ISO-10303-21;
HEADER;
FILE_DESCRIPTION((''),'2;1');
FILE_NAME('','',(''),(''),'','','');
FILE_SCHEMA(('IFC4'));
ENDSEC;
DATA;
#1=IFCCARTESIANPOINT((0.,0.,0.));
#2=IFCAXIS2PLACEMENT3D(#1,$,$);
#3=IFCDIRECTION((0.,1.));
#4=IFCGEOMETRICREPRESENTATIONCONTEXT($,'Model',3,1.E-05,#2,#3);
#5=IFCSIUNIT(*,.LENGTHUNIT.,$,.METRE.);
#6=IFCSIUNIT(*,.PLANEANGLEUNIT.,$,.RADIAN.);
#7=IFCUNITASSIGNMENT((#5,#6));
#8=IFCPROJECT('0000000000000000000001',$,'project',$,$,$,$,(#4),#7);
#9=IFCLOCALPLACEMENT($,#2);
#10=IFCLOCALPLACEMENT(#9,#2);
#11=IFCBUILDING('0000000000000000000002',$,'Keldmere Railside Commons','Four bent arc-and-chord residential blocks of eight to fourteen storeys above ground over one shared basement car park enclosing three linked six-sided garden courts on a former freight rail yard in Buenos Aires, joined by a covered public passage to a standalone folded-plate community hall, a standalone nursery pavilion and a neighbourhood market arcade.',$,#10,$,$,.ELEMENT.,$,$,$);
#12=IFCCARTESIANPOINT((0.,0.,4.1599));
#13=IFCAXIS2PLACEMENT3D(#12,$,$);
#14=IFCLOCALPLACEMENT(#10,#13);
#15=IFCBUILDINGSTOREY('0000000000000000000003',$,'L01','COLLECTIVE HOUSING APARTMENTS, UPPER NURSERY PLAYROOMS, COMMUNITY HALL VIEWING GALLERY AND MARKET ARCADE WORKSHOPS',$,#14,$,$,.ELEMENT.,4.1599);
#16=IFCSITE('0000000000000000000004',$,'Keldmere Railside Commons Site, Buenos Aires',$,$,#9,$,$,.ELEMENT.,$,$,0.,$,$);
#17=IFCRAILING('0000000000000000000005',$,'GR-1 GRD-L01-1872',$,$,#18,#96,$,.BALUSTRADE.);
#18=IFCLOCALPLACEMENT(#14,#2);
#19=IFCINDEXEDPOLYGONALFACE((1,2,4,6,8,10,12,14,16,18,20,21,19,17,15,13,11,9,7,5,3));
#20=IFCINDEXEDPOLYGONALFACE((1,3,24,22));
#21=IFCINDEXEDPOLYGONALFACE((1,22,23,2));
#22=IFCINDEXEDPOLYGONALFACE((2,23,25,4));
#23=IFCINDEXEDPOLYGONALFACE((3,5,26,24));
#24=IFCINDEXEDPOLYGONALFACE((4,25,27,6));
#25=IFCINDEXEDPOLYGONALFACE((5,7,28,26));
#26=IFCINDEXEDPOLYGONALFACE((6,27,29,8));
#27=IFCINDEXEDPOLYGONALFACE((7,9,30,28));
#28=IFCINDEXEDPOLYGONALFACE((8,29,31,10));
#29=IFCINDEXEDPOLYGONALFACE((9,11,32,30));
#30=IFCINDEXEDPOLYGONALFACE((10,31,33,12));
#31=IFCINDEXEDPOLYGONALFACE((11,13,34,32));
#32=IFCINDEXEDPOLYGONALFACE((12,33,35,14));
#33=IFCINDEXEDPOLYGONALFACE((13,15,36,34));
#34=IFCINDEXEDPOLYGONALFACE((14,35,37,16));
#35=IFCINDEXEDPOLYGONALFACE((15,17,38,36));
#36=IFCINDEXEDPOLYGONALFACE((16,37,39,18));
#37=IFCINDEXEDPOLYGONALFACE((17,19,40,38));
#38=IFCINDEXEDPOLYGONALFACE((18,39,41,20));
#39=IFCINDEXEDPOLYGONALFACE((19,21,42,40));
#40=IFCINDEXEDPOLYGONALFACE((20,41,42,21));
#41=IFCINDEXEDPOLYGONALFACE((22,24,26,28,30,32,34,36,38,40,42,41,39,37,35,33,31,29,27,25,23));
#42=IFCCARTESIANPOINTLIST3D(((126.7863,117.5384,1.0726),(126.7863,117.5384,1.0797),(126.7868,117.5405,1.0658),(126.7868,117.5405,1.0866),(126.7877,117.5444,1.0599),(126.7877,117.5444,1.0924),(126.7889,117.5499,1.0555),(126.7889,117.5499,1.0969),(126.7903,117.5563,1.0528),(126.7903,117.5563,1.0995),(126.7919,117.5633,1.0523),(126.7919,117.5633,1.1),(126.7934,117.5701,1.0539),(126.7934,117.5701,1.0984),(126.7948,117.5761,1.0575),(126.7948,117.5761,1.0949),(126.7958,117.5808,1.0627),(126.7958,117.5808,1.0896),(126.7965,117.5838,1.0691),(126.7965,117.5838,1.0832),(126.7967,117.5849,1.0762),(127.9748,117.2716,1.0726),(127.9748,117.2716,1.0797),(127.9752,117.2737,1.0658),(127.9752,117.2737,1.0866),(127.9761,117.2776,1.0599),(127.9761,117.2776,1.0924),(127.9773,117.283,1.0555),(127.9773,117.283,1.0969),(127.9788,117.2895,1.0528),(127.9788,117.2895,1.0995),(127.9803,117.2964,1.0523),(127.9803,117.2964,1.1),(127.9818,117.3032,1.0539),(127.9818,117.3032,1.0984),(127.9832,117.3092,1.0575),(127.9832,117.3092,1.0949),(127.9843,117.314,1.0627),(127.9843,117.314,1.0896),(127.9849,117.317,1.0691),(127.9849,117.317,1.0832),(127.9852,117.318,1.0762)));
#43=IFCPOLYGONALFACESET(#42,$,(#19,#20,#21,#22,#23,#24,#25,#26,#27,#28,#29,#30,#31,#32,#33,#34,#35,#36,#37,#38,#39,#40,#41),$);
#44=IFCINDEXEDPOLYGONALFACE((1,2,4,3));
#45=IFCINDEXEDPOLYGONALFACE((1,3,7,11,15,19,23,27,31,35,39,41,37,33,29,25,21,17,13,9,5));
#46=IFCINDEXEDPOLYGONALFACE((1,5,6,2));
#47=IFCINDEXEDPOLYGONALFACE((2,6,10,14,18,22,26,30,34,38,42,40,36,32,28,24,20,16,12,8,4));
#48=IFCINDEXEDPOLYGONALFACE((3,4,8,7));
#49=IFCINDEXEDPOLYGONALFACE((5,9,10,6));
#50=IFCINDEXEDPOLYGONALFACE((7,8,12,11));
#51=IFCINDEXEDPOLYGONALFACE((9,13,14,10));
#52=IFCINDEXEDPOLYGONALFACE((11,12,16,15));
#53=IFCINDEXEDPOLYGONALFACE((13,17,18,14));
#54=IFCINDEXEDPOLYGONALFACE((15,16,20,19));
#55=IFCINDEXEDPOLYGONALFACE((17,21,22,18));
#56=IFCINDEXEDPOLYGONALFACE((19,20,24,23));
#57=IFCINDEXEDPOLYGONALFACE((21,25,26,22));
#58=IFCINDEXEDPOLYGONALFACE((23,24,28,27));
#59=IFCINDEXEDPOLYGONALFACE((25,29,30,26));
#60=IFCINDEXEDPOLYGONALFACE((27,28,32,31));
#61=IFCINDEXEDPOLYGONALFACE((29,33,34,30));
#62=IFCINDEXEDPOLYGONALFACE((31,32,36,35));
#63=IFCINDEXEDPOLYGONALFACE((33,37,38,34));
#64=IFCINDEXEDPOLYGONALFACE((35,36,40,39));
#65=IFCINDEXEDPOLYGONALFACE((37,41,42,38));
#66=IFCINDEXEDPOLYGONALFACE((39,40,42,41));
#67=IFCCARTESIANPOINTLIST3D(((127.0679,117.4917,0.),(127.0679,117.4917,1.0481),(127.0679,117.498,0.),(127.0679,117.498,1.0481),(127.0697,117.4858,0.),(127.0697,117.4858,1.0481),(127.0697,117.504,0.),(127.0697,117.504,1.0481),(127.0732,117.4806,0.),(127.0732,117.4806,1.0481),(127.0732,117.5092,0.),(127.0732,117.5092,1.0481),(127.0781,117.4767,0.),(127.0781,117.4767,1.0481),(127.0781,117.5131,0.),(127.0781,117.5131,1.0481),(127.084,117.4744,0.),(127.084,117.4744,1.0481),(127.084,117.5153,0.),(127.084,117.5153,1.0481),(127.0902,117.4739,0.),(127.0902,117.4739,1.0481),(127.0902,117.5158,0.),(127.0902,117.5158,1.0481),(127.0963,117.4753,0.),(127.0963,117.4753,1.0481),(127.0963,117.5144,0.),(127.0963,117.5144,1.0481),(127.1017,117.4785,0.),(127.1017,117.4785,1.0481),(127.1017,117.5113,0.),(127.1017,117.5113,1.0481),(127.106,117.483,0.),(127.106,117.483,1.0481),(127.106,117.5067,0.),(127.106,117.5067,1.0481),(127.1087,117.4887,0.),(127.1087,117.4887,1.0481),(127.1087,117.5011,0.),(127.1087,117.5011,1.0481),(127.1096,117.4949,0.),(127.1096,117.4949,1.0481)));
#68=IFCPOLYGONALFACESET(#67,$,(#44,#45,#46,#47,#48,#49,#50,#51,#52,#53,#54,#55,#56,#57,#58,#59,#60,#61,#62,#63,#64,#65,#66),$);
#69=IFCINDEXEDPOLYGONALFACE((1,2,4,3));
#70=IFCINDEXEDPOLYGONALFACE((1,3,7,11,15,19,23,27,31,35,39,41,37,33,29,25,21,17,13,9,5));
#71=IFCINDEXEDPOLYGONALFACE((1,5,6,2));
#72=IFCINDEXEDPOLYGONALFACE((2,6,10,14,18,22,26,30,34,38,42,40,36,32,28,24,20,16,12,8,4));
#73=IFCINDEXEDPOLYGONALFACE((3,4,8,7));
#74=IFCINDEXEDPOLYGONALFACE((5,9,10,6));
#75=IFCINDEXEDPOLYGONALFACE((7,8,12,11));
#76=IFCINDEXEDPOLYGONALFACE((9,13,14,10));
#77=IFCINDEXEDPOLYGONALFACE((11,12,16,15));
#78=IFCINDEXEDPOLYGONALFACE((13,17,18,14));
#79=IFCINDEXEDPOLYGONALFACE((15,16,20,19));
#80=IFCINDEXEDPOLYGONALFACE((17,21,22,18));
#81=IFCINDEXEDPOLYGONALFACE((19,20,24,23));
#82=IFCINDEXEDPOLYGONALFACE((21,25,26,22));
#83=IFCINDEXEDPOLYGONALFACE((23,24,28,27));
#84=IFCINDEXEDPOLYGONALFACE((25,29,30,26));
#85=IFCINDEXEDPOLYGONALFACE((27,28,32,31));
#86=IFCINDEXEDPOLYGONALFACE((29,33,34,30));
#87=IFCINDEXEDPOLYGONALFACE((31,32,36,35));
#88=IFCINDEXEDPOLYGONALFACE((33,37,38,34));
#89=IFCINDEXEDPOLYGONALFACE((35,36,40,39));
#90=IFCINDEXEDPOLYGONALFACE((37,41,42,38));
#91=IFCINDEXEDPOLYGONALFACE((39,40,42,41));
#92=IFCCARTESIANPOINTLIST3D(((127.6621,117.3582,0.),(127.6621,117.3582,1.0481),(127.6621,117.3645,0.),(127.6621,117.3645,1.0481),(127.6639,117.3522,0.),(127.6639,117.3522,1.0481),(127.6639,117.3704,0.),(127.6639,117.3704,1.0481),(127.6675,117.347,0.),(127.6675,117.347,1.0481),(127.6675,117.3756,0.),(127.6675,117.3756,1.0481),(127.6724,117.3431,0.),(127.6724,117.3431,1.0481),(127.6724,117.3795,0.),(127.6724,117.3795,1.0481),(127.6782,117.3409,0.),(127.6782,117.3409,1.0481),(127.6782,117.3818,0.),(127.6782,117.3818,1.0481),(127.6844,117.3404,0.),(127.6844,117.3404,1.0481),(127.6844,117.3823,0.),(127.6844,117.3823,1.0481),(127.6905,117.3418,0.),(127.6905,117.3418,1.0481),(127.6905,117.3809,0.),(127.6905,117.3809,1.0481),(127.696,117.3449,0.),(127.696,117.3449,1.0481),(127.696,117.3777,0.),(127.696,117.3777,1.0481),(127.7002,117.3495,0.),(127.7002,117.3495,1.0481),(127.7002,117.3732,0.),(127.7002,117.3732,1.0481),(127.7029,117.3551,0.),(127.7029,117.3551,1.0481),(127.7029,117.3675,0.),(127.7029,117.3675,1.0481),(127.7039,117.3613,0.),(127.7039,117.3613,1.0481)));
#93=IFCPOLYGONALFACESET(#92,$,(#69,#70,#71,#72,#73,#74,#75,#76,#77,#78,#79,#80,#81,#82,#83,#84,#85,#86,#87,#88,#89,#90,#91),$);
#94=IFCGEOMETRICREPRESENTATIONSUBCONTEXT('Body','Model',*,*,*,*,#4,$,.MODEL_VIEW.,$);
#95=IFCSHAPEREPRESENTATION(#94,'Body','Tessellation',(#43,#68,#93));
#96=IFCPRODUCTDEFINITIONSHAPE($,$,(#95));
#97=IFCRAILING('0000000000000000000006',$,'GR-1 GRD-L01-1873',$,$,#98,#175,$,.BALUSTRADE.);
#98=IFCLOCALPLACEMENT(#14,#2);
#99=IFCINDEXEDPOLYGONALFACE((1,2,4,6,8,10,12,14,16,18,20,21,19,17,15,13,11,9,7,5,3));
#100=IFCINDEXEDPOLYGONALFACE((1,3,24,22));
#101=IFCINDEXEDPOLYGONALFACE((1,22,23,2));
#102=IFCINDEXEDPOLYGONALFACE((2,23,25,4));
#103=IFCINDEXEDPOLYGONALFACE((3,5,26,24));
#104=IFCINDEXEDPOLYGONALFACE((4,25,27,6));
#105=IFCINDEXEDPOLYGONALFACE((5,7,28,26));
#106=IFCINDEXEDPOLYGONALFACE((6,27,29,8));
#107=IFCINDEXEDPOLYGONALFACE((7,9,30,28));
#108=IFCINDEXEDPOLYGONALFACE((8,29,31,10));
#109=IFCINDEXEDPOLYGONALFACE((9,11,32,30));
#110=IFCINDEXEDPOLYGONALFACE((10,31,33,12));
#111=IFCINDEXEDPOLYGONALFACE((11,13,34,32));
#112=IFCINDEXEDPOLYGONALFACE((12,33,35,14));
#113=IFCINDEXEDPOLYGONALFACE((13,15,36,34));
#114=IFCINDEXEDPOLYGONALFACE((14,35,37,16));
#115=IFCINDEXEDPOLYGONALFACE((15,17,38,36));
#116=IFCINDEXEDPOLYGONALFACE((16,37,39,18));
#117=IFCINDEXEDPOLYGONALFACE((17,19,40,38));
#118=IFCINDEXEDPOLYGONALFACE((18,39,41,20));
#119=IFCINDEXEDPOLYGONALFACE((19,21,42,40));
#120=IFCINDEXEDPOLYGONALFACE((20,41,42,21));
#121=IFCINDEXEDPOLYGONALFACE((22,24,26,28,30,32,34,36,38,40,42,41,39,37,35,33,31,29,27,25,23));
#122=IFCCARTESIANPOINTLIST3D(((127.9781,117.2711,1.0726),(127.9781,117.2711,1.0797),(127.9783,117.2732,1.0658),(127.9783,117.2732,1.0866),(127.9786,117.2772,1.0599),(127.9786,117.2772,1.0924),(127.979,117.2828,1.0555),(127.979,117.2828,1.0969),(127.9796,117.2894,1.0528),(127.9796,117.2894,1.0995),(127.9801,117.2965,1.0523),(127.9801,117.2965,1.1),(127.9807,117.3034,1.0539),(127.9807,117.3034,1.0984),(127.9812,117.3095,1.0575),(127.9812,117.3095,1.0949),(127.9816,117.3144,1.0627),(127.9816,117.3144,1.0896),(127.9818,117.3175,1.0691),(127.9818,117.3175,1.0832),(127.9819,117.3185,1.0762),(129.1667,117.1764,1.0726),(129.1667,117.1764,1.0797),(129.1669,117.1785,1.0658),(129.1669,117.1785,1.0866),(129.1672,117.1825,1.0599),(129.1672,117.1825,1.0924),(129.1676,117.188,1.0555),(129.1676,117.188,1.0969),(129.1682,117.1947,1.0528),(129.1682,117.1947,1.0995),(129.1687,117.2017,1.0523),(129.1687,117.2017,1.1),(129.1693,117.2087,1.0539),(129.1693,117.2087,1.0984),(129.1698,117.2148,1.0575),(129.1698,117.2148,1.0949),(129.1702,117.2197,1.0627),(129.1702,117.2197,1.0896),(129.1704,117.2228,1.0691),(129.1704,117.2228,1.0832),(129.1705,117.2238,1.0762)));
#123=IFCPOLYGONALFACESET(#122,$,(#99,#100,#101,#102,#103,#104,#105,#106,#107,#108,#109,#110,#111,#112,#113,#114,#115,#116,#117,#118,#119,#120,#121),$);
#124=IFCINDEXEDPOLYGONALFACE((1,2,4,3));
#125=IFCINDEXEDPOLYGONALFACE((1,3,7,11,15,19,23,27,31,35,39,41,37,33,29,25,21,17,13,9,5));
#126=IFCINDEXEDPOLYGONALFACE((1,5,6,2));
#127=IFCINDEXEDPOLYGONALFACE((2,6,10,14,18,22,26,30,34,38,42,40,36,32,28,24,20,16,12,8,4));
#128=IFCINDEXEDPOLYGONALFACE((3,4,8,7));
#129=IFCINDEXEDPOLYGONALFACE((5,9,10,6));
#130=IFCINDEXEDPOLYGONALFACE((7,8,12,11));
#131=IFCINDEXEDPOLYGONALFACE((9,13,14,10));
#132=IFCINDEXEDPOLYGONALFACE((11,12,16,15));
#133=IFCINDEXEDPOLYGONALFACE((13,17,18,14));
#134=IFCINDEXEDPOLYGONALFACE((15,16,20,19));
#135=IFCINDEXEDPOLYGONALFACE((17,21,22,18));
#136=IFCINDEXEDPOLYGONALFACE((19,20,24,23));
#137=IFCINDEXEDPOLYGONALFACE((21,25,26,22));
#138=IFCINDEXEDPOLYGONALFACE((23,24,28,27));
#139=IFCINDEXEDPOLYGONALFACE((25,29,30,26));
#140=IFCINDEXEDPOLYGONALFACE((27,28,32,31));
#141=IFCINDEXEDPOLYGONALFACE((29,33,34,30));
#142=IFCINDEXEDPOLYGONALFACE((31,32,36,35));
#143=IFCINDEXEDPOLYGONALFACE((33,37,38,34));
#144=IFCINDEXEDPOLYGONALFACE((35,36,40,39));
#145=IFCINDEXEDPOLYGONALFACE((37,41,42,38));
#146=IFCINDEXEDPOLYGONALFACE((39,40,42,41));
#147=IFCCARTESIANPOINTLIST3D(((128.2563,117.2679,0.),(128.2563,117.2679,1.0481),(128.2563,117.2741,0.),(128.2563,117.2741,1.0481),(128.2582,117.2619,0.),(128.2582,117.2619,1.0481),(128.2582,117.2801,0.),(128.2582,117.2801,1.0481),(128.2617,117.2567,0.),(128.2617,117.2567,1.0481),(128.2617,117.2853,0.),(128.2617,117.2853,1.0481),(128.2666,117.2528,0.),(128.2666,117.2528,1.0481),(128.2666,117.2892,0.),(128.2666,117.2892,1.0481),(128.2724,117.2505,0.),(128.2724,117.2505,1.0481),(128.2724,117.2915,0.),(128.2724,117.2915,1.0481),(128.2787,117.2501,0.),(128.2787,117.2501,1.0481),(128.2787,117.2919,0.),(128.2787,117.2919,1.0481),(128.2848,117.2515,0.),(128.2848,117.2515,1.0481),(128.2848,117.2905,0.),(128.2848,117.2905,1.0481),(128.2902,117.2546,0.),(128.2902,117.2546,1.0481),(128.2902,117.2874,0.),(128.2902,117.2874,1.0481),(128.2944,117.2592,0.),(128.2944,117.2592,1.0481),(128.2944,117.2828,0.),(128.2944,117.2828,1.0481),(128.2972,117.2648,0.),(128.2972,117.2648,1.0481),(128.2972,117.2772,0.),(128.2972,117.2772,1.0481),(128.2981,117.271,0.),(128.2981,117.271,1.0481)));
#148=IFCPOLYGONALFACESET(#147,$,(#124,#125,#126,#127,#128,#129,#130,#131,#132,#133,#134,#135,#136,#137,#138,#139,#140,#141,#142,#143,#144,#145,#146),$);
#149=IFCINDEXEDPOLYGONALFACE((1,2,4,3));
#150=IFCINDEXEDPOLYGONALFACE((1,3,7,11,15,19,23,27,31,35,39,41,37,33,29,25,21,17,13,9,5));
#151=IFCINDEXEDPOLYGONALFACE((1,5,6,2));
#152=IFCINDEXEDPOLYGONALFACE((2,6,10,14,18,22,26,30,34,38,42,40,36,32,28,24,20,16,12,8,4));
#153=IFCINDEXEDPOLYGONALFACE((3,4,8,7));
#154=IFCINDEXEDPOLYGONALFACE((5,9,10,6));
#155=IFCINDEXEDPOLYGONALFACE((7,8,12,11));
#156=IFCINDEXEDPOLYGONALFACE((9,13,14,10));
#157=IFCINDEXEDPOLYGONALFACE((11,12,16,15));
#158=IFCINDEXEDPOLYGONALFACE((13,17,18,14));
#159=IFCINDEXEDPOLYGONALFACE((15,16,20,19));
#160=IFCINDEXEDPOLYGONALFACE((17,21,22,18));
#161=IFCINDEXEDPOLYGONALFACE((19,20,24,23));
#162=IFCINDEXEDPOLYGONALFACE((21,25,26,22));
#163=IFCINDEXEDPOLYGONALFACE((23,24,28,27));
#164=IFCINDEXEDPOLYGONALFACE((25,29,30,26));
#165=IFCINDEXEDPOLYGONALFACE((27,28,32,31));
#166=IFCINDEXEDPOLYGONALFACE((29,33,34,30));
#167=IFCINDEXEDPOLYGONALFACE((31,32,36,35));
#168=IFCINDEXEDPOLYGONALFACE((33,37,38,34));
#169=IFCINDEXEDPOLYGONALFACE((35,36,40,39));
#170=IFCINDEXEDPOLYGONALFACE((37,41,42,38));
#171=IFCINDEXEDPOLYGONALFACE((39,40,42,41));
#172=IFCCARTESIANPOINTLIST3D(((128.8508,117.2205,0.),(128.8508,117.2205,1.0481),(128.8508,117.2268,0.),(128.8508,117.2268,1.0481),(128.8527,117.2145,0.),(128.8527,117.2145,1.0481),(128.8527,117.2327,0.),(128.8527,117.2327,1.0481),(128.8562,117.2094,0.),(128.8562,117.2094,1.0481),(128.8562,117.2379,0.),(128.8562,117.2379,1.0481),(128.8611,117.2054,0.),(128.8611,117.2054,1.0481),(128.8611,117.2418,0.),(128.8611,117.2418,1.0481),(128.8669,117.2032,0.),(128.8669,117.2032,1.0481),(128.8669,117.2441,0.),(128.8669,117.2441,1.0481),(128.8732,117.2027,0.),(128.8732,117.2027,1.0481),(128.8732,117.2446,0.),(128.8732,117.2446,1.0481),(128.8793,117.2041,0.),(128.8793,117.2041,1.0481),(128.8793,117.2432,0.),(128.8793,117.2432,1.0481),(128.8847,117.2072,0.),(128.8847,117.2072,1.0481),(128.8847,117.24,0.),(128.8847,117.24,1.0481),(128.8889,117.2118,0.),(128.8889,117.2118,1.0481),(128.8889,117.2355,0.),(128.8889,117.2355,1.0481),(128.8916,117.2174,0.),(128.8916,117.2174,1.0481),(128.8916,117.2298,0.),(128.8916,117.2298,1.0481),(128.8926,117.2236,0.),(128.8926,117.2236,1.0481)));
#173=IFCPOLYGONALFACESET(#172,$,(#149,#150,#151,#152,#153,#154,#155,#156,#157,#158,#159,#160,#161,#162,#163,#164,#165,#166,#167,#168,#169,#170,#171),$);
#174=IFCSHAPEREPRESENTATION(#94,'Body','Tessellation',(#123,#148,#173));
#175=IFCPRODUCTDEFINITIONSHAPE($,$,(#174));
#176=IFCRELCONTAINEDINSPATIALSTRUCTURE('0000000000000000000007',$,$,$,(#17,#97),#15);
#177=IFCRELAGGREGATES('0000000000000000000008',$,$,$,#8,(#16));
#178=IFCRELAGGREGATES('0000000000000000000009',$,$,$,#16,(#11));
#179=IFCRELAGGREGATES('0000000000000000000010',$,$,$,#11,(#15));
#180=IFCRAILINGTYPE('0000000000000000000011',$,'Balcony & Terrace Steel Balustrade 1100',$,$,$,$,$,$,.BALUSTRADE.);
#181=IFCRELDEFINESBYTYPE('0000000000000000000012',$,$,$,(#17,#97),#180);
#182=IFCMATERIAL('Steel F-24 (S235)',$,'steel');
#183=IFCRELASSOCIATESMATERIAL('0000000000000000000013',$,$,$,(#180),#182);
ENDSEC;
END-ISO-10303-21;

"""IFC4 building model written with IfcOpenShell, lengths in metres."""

from ifc_helpers import new_model, si_unit, direction, frame, origin, origin_2d, place, context, subcontext, project, spatial, circle, extrude, material, type_object, element, save


model = new_model("IFC4")

# Units and contexts
model_context = context("Model", 3, precision=1e-05, world=origin(), true_north=direction((0.0, 1.0)))
body_context = subcontext(model_context, "Body", "Model", "MODEL_VIEW")
ifc_project = project(units=[si_unit("LENGTHUNIT", "METRE"), si_unit("PLANEANGLEUNIT", "RADIAN")], contexts=[model_context])

# Site, building, storey
site_placement = place(None, origin())
site = spatial("IfcSite", under=ifc_project, at=site_placement, Name="Keldmere Railside Commons Site, Buenos Aires", CompositionType="ELEMENT", RefElevation=0.0)
building_placement = place(site_placement, origin())
building = spatial("IfcBuilding", under=site, at=building_placement, Name="Keldmere Railside Commons", Description="Four bent arc-and-chord residential blocks of eight to fourteen storeys above ground over one shared basement car park enclosing three linked six-sided garden courts on a former freight rail yard in Buenos Aires, joined by a covered public passage to a standalone folded-plate community hall, a standalone nursery pavilion and a neighbourhood market arcade.", CompositionType="ELEMENT")
storey_placement = place(building_placement, frame((0.0, 0.0, 4.1599)))
storey = spatial("IfcBuildingStorey", under=building, at=storey_placement, Name="L01", Description="COLLECTIVE HOUSING APARTMENTS, UPPER NURSERY PLAYROOMS, COMMUNITY HALL VIEWING GALLERY AND MARKET ARCADE WORKSHOPS", CompositionType="ELEMENT", Elevation=4.1599)

# Railings
ifc_material_1 = material(Name="Steel F-24 (S235)", Category="steel")
railing_type = type_object("IfcRailingType", Name="Balcony & Terrace Steel Balustrade 1100", PredefinedType="BALUSTRADE", material=ifc_material_1)
railing_1_placement = place(storey_placement, frame((126.7915, 117.5615, 0.0)))
element("IfcRailing", 1, at=railing_1_placement, inside=storey, type_object=railing_type, Name="GR-1 GRD-L01-1872", PredefinedType="BALUSTRADE", context=body_context, shape_type="SweptSolid", body=[
    extrude(circle(Radius=0.0239, at=origin_2d()), frame((0.0, 0.0, 1.0762), z_axis=(0.975708, -0.219073, 0.0), x_axis=(0.219073, 0.975708, 0.0)), (0.0, 0.0, 1.0), 1.218),
    extrude(circle(Radius=0.021, at=origin_2d()), frame((0.2971, -0.0667, 0.0)), (0.0, 0.0, 1.0), 1.0481),
    extrude(circle(Radius=0.021, at=origin_2d()), frame((0.8914, -0.2002, 0.0)), (0.0, 0.0, 1.0), 1.0481),
])
railing_2_placement = place(storey_placement, frame((127.98, 117.2947, 0.0)))
element("IfcRailing", 2, at=railing_2_placement, inside=storey, type_object=railing_type, Name="GR-1 GRD-L01-1873", PredefinedType="BALUSTRADE", context=body_context, shape_type="SweptSolid", body=[
    extrude(circle(Radius=0.0239, at=origin_2d()), frame((0.0, 0.0, 1.0762), z_axis=(0.99684, -0.079436, 0.0), x_axis=(0.079436, 0.99684, 0.0)), (0.0, 0.0, 1.0), 1.1924),
    extrude(circle(Radius=0.021, at=origin_2d()), frame((0.2971, -0.0237, 0.0)), (0.0, 0.0, 1.0), 1.0481),
    extrude(circle(Radius=0.021, at=origin_2d()), frame((0.8916, -0.071, 0.0)), (0.0, 0.0, 1.0), 1.0481),
])

save(model, "model.ifc")
